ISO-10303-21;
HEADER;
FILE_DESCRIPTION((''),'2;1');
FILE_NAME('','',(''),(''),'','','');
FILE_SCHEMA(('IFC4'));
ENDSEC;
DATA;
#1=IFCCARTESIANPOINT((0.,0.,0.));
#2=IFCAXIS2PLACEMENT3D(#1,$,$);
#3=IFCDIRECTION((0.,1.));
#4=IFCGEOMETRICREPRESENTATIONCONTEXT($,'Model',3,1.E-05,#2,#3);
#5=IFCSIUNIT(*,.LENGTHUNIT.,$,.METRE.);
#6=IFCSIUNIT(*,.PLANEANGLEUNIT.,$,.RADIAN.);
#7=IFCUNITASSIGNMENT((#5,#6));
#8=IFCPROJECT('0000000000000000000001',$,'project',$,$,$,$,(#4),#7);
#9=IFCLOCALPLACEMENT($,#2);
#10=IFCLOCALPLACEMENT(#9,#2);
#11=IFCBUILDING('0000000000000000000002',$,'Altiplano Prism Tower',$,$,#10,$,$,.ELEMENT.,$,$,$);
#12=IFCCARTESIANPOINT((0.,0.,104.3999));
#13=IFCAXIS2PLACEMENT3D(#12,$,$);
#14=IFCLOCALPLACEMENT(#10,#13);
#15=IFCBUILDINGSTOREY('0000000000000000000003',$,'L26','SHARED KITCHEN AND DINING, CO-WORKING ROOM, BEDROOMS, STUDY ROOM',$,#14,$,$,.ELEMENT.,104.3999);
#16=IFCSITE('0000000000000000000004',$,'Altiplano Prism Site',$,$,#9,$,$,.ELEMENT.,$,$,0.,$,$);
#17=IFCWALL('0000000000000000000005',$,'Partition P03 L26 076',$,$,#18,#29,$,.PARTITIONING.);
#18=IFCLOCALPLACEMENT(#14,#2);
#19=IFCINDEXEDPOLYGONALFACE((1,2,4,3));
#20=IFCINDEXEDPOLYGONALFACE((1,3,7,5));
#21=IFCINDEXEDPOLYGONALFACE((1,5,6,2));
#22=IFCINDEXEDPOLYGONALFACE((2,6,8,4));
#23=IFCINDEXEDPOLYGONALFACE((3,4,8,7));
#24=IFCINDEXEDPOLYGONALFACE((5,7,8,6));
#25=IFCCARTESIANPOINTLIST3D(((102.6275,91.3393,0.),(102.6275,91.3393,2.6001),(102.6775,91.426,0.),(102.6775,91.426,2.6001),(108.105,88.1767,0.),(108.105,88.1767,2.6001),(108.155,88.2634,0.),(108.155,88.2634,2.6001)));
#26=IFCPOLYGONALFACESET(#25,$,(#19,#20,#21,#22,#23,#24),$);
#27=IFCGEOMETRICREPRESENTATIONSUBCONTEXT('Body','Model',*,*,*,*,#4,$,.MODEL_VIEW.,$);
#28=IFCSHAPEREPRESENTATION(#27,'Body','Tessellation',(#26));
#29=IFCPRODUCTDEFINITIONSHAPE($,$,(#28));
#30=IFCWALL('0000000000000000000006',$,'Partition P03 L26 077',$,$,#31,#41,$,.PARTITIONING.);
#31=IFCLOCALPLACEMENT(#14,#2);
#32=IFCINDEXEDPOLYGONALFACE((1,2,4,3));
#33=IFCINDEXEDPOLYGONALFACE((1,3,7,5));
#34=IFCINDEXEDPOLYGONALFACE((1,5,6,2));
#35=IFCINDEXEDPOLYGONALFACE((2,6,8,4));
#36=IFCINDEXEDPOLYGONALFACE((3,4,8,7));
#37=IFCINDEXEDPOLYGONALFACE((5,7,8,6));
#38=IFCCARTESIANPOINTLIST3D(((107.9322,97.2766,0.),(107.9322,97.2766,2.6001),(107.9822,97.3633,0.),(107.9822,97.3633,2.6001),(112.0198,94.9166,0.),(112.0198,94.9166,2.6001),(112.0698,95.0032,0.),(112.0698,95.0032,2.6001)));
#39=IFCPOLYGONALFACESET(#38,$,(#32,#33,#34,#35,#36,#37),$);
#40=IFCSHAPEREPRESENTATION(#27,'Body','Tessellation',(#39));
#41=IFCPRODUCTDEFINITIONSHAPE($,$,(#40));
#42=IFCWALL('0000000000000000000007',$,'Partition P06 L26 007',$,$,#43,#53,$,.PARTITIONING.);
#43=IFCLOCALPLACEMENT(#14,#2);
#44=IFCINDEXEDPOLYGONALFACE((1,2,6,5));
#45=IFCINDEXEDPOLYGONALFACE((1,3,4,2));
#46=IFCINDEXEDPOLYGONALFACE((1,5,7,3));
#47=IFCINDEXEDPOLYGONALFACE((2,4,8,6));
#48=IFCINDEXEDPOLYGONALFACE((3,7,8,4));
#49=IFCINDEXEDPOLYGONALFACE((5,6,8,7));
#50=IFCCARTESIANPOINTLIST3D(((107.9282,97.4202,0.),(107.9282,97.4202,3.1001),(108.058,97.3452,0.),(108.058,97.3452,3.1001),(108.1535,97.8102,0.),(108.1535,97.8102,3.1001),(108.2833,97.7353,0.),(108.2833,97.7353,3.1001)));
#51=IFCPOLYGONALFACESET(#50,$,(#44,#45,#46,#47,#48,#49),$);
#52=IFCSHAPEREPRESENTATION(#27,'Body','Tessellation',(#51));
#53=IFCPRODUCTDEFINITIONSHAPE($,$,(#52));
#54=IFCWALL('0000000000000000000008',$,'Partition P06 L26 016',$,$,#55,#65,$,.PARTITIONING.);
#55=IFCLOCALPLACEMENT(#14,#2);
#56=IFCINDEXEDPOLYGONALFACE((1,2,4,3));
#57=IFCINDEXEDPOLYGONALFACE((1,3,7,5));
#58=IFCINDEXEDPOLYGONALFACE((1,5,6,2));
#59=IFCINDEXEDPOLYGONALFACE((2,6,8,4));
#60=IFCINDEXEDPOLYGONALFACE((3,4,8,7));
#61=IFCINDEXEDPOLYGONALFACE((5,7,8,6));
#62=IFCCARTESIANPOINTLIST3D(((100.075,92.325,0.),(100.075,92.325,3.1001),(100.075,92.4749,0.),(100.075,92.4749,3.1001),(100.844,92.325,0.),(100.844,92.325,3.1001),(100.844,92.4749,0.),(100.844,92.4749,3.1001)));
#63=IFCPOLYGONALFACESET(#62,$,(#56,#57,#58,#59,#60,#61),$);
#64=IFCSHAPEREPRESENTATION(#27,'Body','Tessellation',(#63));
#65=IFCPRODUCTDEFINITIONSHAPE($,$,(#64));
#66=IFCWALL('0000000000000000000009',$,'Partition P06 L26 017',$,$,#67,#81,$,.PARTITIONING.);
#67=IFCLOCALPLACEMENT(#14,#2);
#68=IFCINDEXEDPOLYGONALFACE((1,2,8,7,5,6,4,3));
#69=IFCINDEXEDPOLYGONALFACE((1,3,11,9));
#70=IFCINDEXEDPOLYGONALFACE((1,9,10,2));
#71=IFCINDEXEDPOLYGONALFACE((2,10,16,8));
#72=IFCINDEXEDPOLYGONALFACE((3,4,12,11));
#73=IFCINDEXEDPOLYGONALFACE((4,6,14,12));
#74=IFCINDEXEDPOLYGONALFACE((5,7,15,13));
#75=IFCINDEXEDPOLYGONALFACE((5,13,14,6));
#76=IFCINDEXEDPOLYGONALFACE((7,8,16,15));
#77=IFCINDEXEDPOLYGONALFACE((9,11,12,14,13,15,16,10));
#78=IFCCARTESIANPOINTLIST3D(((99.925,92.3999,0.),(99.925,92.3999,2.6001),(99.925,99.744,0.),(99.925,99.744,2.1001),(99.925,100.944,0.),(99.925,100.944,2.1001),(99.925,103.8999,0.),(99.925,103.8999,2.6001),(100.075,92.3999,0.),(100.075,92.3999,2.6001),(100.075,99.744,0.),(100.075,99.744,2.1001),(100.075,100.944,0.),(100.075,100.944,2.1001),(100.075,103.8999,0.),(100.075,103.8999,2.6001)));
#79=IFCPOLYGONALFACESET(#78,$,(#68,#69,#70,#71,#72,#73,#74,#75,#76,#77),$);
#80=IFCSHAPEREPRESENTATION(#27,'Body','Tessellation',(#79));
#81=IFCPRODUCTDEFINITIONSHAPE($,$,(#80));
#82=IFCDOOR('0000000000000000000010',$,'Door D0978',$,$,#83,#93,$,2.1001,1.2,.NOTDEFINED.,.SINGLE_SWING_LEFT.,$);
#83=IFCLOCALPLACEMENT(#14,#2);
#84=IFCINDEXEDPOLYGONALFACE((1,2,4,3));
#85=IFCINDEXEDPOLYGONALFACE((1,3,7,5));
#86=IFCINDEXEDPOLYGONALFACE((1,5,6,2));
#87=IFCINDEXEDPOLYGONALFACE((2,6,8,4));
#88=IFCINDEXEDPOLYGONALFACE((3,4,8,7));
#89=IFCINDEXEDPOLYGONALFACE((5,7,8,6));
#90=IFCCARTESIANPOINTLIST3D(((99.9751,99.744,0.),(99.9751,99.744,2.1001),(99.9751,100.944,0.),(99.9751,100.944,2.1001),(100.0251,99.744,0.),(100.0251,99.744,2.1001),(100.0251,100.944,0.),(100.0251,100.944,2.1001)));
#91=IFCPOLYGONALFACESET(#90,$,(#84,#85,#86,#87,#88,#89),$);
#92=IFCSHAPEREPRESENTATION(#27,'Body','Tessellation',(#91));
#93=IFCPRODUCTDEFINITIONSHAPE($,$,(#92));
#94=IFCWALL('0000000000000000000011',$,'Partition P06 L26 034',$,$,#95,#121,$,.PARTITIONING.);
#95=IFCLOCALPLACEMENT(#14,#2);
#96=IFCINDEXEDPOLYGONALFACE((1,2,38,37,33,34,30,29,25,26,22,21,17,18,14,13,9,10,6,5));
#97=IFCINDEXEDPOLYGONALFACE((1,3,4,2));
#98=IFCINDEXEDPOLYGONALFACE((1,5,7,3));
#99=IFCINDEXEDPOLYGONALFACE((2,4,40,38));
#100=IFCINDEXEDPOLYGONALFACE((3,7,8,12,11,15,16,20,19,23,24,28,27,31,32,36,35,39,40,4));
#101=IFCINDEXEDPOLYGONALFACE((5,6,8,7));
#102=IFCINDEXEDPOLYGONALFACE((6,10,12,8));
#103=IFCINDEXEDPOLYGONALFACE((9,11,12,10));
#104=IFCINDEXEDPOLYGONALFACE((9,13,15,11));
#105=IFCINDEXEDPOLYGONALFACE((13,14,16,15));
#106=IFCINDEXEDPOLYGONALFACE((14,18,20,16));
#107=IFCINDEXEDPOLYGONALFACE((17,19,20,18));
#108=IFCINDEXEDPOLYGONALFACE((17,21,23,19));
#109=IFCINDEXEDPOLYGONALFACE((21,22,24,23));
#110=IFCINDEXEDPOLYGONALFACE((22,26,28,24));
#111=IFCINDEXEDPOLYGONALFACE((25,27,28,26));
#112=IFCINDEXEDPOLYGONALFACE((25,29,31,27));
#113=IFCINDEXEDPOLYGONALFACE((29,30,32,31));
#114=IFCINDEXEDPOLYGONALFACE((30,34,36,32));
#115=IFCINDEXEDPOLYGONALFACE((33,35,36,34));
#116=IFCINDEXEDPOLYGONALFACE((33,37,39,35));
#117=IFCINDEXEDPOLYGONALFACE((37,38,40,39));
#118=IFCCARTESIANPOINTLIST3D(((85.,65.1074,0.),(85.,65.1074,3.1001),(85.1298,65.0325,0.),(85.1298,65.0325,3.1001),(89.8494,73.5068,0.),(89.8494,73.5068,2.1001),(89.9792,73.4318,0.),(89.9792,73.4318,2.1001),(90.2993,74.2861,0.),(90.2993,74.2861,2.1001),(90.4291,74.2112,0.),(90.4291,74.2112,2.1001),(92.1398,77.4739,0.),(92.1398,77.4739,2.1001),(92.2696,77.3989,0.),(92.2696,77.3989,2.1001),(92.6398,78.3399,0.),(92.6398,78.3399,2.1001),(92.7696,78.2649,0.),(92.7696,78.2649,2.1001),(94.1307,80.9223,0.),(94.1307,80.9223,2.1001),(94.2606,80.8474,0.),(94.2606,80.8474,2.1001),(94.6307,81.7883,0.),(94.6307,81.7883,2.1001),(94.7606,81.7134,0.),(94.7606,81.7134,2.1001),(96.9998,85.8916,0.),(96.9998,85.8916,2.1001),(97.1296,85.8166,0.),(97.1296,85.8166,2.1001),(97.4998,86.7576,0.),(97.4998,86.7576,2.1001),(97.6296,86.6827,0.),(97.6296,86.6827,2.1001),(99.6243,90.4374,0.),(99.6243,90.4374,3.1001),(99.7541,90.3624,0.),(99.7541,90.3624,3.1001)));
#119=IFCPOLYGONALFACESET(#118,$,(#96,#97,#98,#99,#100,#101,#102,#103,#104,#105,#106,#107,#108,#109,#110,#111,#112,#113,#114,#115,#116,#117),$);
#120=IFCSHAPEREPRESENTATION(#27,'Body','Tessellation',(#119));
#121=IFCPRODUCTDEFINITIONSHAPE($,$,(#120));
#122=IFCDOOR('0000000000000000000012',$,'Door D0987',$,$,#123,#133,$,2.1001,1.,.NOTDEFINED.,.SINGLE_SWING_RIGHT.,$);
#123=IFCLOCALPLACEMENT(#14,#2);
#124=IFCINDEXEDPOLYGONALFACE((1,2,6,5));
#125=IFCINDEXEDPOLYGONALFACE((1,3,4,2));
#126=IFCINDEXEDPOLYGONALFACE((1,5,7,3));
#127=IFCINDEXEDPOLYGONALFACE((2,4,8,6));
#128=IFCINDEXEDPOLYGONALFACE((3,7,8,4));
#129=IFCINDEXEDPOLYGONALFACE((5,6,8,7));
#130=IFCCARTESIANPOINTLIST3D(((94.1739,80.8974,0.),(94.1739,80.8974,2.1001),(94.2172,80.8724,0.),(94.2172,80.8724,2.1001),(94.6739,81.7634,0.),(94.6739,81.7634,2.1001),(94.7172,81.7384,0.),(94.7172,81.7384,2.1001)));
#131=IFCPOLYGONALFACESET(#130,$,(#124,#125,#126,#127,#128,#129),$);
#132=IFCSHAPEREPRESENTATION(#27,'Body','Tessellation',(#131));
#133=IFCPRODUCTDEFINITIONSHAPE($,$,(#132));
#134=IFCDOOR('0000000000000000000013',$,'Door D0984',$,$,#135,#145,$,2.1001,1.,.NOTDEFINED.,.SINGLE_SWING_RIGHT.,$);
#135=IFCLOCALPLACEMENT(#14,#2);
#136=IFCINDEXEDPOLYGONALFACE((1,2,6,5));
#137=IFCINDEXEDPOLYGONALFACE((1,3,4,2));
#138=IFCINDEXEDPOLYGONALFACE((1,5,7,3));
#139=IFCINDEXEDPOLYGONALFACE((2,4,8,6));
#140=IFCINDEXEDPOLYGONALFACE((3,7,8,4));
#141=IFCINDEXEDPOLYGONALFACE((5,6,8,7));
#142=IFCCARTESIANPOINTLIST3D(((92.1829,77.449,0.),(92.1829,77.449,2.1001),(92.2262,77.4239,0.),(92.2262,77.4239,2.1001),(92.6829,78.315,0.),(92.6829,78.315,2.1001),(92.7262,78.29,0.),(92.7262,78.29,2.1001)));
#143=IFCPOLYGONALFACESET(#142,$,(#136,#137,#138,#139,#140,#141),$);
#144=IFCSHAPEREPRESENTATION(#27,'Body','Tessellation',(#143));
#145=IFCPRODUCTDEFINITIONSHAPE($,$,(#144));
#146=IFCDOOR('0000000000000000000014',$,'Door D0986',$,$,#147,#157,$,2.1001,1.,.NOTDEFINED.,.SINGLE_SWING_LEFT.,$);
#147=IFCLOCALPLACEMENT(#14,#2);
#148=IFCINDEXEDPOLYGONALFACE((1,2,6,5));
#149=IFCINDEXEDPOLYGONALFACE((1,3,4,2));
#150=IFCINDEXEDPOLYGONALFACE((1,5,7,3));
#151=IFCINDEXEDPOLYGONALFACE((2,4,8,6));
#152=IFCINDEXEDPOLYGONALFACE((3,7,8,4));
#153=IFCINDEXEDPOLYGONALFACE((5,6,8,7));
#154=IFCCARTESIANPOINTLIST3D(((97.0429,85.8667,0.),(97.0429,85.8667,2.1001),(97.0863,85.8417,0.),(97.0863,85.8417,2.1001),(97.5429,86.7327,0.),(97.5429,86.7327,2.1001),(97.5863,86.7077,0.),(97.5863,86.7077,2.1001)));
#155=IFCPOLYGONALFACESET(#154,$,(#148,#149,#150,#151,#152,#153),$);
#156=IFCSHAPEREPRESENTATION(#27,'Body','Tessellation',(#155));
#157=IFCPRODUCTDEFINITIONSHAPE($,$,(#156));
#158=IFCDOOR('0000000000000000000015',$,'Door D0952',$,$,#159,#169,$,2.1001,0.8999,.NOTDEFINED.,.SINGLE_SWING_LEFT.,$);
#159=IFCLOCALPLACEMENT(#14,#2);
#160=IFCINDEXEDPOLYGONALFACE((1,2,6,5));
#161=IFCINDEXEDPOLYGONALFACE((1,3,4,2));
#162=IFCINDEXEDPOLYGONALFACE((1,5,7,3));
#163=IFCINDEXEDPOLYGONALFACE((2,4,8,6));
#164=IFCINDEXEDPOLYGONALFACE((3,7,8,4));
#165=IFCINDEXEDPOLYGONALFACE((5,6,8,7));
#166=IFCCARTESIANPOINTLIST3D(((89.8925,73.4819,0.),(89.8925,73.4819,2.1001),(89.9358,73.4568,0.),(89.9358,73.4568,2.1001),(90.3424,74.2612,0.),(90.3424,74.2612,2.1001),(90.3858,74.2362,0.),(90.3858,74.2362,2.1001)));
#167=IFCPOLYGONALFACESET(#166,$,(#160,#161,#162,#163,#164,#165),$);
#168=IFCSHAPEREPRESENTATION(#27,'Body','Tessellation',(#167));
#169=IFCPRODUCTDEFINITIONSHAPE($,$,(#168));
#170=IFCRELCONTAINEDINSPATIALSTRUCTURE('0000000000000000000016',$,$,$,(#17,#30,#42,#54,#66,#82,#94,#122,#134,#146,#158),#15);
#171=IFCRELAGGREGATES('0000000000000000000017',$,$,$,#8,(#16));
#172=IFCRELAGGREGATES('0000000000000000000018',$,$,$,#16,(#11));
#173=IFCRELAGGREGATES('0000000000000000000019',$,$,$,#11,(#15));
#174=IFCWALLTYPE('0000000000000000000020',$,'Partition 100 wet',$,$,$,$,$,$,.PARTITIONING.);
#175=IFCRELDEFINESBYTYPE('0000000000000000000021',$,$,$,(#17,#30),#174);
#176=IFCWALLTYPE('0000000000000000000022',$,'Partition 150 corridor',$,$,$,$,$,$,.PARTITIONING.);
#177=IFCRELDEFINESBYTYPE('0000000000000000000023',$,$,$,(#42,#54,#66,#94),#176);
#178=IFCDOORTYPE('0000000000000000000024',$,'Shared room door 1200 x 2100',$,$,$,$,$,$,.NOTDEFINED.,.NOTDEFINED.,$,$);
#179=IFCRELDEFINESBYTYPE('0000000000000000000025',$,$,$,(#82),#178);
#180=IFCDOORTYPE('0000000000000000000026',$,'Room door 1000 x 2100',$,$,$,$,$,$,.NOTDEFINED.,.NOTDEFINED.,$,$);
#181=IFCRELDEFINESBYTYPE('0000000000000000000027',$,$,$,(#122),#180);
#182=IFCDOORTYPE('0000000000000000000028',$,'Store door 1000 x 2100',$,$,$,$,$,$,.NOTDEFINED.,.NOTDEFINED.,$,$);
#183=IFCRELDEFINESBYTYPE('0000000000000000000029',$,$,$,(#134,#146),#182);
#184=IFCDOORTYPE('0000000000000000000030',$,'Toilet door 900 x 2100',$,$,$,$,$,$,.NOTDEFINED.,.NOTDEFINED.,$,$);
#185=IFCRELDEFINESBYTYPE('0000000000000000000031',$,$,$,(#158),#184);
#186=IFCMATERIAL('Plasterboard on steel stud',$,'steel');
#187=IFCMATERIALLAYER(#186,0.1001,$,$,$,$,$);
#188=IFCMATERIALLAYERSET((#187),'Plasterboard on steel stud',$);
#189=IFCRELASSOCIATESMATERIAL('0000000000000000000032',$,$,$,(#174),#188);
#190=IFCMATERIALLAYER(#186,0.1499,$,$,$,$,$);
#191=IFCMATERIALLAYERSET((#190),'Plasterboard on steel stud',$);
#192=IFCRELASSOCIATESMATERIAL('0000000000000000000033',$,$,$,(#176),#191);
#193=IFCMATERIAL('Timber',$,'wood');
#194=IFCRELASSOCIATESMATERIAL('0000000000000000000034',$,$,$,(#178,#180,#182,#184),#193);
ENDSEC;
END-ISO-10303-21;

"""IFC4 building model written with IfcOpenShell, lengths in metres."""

from ifc_helpers import new_model, si_unit, direction, frame, frame_2d, origin, place, context, subcontext, project, spatial, rectangle, extrude, material, layer, layer_set, type_object, element, fill, save


model = new_model("IFC4")

# Units and contexts
model_context = context("Model", 3, precision=1e-05, world=origin(), true_north=direction((0.0, 1.0)))
body_context = subcontext(model_context, "Body", "Model", "MODEL_VIEW")
ifc_project = project(units=[si_unit("LENGTHUNIT", "METRE"), si_unit("PLANEANGLEUNIT", "RADIAN")], contexts=[model_context])

# Site, building, storey
site_placement = place(None, origin())
site = spatial("IfcSite", under=ifc_project, at=site_placement, Name="Altiplano Prism Site", CompositionType="ELEMENT", RefElevation=0.0)
building_placement = place(site_placement, origin())
building = spatial("IfcBuilding", under=site, at=building_placement, Name="Altiplano Prism Tower", CompositionType="ELEMENT")
storey_placement = place(building_placement, frame((0.0, 0.0, 104.3999)))
storey = spatial("IfcBuildingStorey", under=building, at=storey_placement, Name="L26", Description="SHARED KITCHEN AND DINING, CO-WORKING ROOM, BEDROOMS, STUDY ROOM", CompositionType="ELEMENT", Elevation=104.3999)

# Walls
ifc_material_1 = material(Name="Plasterboard on steel stud", Category="steel")
ifc_layer_1 = layer(ifc_material_1, 0.1001)
ifc_layer_set_1 = layer_set([ifc_layer_1], Name="Plasterboard on steel stud")
wall_type_1 = type_object("IfcWallType", Name="Partition 100 wet", PredefinedType="PARTITIONING", material=ifc_layer_set_1)
wall_1_placement = place(storey_placement, frame((108.1301, 88.22, 0.0), z_axis=(0.0, 0.0, 1.0), x_axis=(-0.866016, 0.500016, 0.0)))
element("IfcWall", 1, at=wall_1_placement, inside=storey, type_object=wall_type_1, Name="Partition P03 L26 076", PredefinedType="PARTITIONING", context=body_context, shape_type="SweptSolid", body=[
    extrude(rectangle(XDim=6.325, YDim=0.1001, at=frame_2d((3.1626, 0.0))), origin(), (0.0, 0.0, 1.0), 2.6001),
])
wall_2_placement = place(storey_placement, frame((112.0447, 94.96, 0.0), z_axis=(0.0, 0.0, 1.0), x_axis=(-0.866016, 0.500016, 0.0)))
element("IfcWall", 2, at=wall_2_placement, inside=storey, type_object=wall_type_1, Name="Partition P03 L26 077", PredefinedType="PARTITIONING", context=body_context, shape_type="SweptSolid", body=[
    extrude(rectangle(XDim=4.72, YDim=0.1001, at=frame_2d((2.3599, 0.0))), origin(), (0.0, 0.0, 1.0), 2.6001),
])
ifc_layer_2 = layer(ifc_material_1, 0.1499)
ifc_layer_set_2 = layer_set([ifc_layer_2], Name="Plasterboard on steel stud")
wall_type_2 = type_object("IfcWallType", Name="Partition 150 corridor", PredefinedType="PARTITIONING", material=ifc_layer_set_2)
wall_3_placement = place(storey_placement, frame((107.9932, 97.3828, 0.0), z_axis=(0.0, 0.0, 1.0), x_axis=(0.50016, 0.865933, 0.0)))
element("IfcWall", 3, at=wall_3_placement, inside=storey, type_object=wall_type_2, Name="Partition P06 L26 007", PredefinedType="PARTITIONING", context=body_context, shape_type="SweptSolid", body=[
    extrude(rectangle(XDim=0.4504, YDim=0.1499, at=frame_2d((0.2251, 0.0))), origin(), (0.0, 0.0, 1.0), 3.1001),
])
wall_4_placement = place(storey_placement, frame((100.844, 92.3999, 0.0), z_axis=(0.0, 0.0, 1.0), x_axis=(-1.0, 0.0, 0.0)))
element("IfcWall", 4, at=wall_4_placement, inside=storey, type_object=wall_type_2, Name="Partition P06 L26 016", PredefinedType="PARTITIONING", context=body_context, shape_type="SweptSolid", body=[
    extrude(rectangle(XDim=0.769, YDim=0.1499, at=frame_2d((0.3845, 0.0))), origin(), (0.0, 0.0, 1.0), 3.1001),
])

# Wall, opening, door
wall_5_placement = place(storey_placement, frame((100.0, 92.3999, 0.0), z_axis=(0.0, 0.0, 1.0), x_axis=(0.0, 1.0, 0.0)))
wall_5 = element("IfcWall", 5, at=wall_5_placement, inside=storey, type_object=wall_type_2, Name="Partition P06 L26 017", PredefinedType="PARTITIONING", context=body_context, shape_type="SweptSolid", body=[
    extrude(rectangle(XDim=11.5, YDim=0.1499, at=frame_2d((5.75, 0.0))), origin(), (0.0, 0.0, 1.0), 2.6001),
])
opening_1_placement = place(wall_5_placement, frame((7.344, 0.0, 0.0)))
opening_1 = element("IfcOpeningElement", 6, at=opening_1_placement, cuts=wall_5, PredefinedType="OPENING", context=body_context, shape_type="SweptSolid", body=[
    extrude(rectangle(XDim=1.2, YDim=2.1001, at=frame_2d((0.6001, 1.05))), frame((0.0, 0.0854, 0.0), z_axis=(0.0, -1.0, 0.0), x_axis=(1.0, 0.0, 0.0)), (0.0, 0.0, 1.0), 0.1709),
])
ifc_material_2 = material(Name="Timber", Category="wood")
door_type_1 = type_object("IfcDoorType", Name="Shared room door 1200 x 2100", OperationType="NOTDEFINED", PredefinedType="NOTDEFINED", material=ifc_material_2)
door_1_placement = place(opening_1_placement, origin())
door_1 = element("IfcDoor", 7, at=door_1_placement, inside=storey, type_object=door_type_1, Name="Door D0978", OperationType="SINGLE_SWING_LEFT", OverallHeight=2.1001, OverallWidth=1.2, PredefinedType="NOTDEFINED", context=body_context, shape_type="SweptSolid", body=[
    extrude(rectangle(XDim=1.2, YDim=2.1001, at=frame_2d((0.6001, 1.05))), frame((0.0, 0.0249, 0.0), z_axis=(0.0, -1.0, 0.0), x_axis=(1.0, 0.0, 0.0)), (0.0, 0.0, 1.0), 0.05),
])
fill(opening_1, door_1)

# Wall, openings, doors
wall_6_placement = place(storey_placement, frame((99.6892, 90.3999, 0.0), z_axis=(0.0, 0.0, 1.0), x_axis=(-0.500002, -0.866024, 0.0)))
wall_6 = element("IfcWall", 8, at=wall_6_placement, inside=storey, type_object=wall_type_2, Name="Partition P06 L26 034", PredefinedType="PARTITIONING", context=body_context, shape_type="SweptSolid", body=[
    extrude(rectangle(XDim=29.2485, YDim=0.1499, at=frame_2d((14.6243, 0.0))), origin(), (0.0, 0.0, 1.0), 3.1001),
])
opening_2_placement = place(wall_6_placement, frame((18.6499, 0.0, 0.0)))
opening_2 = element("IfcOpeningElement", 9, at=opening_2_placement, cuts=wall_6, PredefinedType="OPENING", context=body_context, shape_type="SweptSolid", body=[
    extrude(rectangle(XDim=0.8999, YDim=2.1001, at=frame_2d((0.45, 1.05))), frame((0.0, 0.0854, 0.0), z_axis=(0.0, -1.0, 0.0), x_axis=(1.0, 0.0, 0.0)), (0.0, 0.0, 1.0), 0.1709),
])
opening_3_placement = place(wall_6_placement, frame((13.969, 0.0, 0.0)))
opening_3 = element("IfcOpeningElement", 10, at=opening_3_placement, cuts=wall_6, PredefinedType="OPENING", context=body_context, shape_type="SweptSolid", body=[
    extrude(rectangle(XDim=1.0, YDim=2.1001, at=frame_2d((0.5, 1.05))), frame((0.0, 0.0854, 0.0), z_axis=(0.0, -1.0, 0.0), x_axis=(1.0, 0.0, 0.0)), (0.0, 0.0, 1.0), 0.1709),
])
opening_4_placement = place(wall_6_placement, frame((4.249, 0.0, 0.0)))
opening_4 = element("IfcOpeningElement", 11, at=opening_4_placement, cuts=wall_6, PredefinedType="OPENING", context=body_context, shape_type="SweptSolid", body=[
    extrude(rectangle(XDim=1.0, YDim=2.1001, at=frame_2d((0.5, 1.05))), frame((0.0, 0.0854, 0.0), z_axis=(0.0, -1.0, 0.0), x_axis=(1.0, 0.0, 0.0)), (0.0, 0.0, 1.0), 0.1709),
])
opening_5_placement = place(wall_6_placement, frame((9.9871, 0.0, 0.0)))
opening_5 = element("IfcOpeningElement", 12, at=opening_5_placement, cuts=wall_6, PredefinedType="OPENING", context=body_context, shape_type="SweptSolid", body=[
    extrude(rectangle(XDim=1.0, YDim=2.1001, at=frame_2d((0.5, 1.05))), frame((0.0, 0.0854, 0.0), z_axis=(0.0, -1.0, 0.0), x_axis=(1.0, 0.0, 0.0)), (0.0, 0.0, 1.0), 0.1709),
])
door_type_2 = type_object("IfcDoorType", Name="Room door 1000 x 2100", OperationType="NOTDEFINED", PredefinedType="NOTDEFINED", material=ifc_material_2)
door_2_placement = place(opening_5_placement, origin())
door_2 = element("IfcDoor", 13, at=door_2_placement, inside=storey, type_object=door_type_2, Name="Door D0987", OperationType="SINGLE_SWING_RIGHT", OverallHeight=2.1001, OverallWidth=1.0, PredefinedType="NOTDEFINED", context=body_context, shape_type="SweptSolid", body=[
    extrude(rectangle(XDim=1.0, YDim=2.1001, at=frame_2d((0.5, 1.05))), frame((0.0, 0.0249, 0.0), z_axis=(0.0, -1.0, 0.0), x_axis=(1.0, 0.0, 0.0)), (0.0, 0.0, 1.0), 0.05),
])
fill(opening_5, door_2)
door_type_3 = type_object("IfcDoorType", Name="Store door 1000 x 2100", OperationType="NOTDEFINED", PredefinedType="NOTDEFINED", material=ifc_material_2)
door_3_placement = place(opening_3_placement, origin())
door_3 = element("IfcDoor", 14, at=door_3_placement, inside=storey, type_object=door_type_3, Name="Door D0984", OperationType="SINGLE_SWING_RIGHT", OverallHeight=2.1001, OverallWidth=1.0, PredefinedType="NOTDEFINED", context=body_context, shape_type="SweptSolid", body=[
    extrude(rectangle(XDim=1.0, YDim=2.1001, at=frame_2d((0.5, 1.05))), frame((0.0, 0.0249, 0.0), z_axis=(0.0, -1.0, 0.0), x_axis=(1.0, 0.0, 0.0)), (0.0, 0.0, 1.0), 0.05),
])
fill(opening_3, door_3)
door_4_placement = place(opening_4_placement, origin())
door_4 = element("IfcDoor", 15, at=door_4_placement, inside=storey, type_object=door_type_3, Name="Door D0986", OperationType="SINGLE_SWING_LEFT", OverallHeight=2.1001, OverallWidth=1.0, PredefinedType="NOTDEFINED", context=body_context, shape_type="SweptSolid", body=[
    extrude(rectangle(XDim=1.0, YDim=2.1001, at=frame_2d((0.5, 1.05))), frame((0.0, 0.0249, 0.0), z_axis=(0.0, -1.0, 0.0), x_axis=(1.0, 0.0, 0.0)), (0.0, 0.0, 1.0), 0.05),
])
fill(opening_4, door_4)
door_type_4 = type_object("IfcDoorType", Name="Toilet door 900 x 2100", OperationType="NOTDEFINED", PredefinedType="NOTDEFINED", material=ifc_material_2)
door_5_placement = place(opening_2_placement, origin())
door_5 = element("IfcDoor", 16, at=door_5_placement, inside=storey, type_object=door_type_4, Name="Door D0952", OperationType="SINGLE_SWING_LEFT", OverallHeight=2.1001, OverallWidth=0.8999, PredefinedType="NOTDEFINED", context=body_context, shape_type="SweptSolid", body=[
    extrude(rectangle(XDim=0.8999, YDim=2.1001, at=frame_2d((0.45, 1.05))), frame((0.0, 0.0249, 0.0), z_axis=(0.0, -1.0, 0.0), x_axis=(1.0, 0.0, 0.0)), (0.0, 0.0, 1.0), 0.05),
])
fill(opening_2, door_5)

save(model, "model.ifc")
